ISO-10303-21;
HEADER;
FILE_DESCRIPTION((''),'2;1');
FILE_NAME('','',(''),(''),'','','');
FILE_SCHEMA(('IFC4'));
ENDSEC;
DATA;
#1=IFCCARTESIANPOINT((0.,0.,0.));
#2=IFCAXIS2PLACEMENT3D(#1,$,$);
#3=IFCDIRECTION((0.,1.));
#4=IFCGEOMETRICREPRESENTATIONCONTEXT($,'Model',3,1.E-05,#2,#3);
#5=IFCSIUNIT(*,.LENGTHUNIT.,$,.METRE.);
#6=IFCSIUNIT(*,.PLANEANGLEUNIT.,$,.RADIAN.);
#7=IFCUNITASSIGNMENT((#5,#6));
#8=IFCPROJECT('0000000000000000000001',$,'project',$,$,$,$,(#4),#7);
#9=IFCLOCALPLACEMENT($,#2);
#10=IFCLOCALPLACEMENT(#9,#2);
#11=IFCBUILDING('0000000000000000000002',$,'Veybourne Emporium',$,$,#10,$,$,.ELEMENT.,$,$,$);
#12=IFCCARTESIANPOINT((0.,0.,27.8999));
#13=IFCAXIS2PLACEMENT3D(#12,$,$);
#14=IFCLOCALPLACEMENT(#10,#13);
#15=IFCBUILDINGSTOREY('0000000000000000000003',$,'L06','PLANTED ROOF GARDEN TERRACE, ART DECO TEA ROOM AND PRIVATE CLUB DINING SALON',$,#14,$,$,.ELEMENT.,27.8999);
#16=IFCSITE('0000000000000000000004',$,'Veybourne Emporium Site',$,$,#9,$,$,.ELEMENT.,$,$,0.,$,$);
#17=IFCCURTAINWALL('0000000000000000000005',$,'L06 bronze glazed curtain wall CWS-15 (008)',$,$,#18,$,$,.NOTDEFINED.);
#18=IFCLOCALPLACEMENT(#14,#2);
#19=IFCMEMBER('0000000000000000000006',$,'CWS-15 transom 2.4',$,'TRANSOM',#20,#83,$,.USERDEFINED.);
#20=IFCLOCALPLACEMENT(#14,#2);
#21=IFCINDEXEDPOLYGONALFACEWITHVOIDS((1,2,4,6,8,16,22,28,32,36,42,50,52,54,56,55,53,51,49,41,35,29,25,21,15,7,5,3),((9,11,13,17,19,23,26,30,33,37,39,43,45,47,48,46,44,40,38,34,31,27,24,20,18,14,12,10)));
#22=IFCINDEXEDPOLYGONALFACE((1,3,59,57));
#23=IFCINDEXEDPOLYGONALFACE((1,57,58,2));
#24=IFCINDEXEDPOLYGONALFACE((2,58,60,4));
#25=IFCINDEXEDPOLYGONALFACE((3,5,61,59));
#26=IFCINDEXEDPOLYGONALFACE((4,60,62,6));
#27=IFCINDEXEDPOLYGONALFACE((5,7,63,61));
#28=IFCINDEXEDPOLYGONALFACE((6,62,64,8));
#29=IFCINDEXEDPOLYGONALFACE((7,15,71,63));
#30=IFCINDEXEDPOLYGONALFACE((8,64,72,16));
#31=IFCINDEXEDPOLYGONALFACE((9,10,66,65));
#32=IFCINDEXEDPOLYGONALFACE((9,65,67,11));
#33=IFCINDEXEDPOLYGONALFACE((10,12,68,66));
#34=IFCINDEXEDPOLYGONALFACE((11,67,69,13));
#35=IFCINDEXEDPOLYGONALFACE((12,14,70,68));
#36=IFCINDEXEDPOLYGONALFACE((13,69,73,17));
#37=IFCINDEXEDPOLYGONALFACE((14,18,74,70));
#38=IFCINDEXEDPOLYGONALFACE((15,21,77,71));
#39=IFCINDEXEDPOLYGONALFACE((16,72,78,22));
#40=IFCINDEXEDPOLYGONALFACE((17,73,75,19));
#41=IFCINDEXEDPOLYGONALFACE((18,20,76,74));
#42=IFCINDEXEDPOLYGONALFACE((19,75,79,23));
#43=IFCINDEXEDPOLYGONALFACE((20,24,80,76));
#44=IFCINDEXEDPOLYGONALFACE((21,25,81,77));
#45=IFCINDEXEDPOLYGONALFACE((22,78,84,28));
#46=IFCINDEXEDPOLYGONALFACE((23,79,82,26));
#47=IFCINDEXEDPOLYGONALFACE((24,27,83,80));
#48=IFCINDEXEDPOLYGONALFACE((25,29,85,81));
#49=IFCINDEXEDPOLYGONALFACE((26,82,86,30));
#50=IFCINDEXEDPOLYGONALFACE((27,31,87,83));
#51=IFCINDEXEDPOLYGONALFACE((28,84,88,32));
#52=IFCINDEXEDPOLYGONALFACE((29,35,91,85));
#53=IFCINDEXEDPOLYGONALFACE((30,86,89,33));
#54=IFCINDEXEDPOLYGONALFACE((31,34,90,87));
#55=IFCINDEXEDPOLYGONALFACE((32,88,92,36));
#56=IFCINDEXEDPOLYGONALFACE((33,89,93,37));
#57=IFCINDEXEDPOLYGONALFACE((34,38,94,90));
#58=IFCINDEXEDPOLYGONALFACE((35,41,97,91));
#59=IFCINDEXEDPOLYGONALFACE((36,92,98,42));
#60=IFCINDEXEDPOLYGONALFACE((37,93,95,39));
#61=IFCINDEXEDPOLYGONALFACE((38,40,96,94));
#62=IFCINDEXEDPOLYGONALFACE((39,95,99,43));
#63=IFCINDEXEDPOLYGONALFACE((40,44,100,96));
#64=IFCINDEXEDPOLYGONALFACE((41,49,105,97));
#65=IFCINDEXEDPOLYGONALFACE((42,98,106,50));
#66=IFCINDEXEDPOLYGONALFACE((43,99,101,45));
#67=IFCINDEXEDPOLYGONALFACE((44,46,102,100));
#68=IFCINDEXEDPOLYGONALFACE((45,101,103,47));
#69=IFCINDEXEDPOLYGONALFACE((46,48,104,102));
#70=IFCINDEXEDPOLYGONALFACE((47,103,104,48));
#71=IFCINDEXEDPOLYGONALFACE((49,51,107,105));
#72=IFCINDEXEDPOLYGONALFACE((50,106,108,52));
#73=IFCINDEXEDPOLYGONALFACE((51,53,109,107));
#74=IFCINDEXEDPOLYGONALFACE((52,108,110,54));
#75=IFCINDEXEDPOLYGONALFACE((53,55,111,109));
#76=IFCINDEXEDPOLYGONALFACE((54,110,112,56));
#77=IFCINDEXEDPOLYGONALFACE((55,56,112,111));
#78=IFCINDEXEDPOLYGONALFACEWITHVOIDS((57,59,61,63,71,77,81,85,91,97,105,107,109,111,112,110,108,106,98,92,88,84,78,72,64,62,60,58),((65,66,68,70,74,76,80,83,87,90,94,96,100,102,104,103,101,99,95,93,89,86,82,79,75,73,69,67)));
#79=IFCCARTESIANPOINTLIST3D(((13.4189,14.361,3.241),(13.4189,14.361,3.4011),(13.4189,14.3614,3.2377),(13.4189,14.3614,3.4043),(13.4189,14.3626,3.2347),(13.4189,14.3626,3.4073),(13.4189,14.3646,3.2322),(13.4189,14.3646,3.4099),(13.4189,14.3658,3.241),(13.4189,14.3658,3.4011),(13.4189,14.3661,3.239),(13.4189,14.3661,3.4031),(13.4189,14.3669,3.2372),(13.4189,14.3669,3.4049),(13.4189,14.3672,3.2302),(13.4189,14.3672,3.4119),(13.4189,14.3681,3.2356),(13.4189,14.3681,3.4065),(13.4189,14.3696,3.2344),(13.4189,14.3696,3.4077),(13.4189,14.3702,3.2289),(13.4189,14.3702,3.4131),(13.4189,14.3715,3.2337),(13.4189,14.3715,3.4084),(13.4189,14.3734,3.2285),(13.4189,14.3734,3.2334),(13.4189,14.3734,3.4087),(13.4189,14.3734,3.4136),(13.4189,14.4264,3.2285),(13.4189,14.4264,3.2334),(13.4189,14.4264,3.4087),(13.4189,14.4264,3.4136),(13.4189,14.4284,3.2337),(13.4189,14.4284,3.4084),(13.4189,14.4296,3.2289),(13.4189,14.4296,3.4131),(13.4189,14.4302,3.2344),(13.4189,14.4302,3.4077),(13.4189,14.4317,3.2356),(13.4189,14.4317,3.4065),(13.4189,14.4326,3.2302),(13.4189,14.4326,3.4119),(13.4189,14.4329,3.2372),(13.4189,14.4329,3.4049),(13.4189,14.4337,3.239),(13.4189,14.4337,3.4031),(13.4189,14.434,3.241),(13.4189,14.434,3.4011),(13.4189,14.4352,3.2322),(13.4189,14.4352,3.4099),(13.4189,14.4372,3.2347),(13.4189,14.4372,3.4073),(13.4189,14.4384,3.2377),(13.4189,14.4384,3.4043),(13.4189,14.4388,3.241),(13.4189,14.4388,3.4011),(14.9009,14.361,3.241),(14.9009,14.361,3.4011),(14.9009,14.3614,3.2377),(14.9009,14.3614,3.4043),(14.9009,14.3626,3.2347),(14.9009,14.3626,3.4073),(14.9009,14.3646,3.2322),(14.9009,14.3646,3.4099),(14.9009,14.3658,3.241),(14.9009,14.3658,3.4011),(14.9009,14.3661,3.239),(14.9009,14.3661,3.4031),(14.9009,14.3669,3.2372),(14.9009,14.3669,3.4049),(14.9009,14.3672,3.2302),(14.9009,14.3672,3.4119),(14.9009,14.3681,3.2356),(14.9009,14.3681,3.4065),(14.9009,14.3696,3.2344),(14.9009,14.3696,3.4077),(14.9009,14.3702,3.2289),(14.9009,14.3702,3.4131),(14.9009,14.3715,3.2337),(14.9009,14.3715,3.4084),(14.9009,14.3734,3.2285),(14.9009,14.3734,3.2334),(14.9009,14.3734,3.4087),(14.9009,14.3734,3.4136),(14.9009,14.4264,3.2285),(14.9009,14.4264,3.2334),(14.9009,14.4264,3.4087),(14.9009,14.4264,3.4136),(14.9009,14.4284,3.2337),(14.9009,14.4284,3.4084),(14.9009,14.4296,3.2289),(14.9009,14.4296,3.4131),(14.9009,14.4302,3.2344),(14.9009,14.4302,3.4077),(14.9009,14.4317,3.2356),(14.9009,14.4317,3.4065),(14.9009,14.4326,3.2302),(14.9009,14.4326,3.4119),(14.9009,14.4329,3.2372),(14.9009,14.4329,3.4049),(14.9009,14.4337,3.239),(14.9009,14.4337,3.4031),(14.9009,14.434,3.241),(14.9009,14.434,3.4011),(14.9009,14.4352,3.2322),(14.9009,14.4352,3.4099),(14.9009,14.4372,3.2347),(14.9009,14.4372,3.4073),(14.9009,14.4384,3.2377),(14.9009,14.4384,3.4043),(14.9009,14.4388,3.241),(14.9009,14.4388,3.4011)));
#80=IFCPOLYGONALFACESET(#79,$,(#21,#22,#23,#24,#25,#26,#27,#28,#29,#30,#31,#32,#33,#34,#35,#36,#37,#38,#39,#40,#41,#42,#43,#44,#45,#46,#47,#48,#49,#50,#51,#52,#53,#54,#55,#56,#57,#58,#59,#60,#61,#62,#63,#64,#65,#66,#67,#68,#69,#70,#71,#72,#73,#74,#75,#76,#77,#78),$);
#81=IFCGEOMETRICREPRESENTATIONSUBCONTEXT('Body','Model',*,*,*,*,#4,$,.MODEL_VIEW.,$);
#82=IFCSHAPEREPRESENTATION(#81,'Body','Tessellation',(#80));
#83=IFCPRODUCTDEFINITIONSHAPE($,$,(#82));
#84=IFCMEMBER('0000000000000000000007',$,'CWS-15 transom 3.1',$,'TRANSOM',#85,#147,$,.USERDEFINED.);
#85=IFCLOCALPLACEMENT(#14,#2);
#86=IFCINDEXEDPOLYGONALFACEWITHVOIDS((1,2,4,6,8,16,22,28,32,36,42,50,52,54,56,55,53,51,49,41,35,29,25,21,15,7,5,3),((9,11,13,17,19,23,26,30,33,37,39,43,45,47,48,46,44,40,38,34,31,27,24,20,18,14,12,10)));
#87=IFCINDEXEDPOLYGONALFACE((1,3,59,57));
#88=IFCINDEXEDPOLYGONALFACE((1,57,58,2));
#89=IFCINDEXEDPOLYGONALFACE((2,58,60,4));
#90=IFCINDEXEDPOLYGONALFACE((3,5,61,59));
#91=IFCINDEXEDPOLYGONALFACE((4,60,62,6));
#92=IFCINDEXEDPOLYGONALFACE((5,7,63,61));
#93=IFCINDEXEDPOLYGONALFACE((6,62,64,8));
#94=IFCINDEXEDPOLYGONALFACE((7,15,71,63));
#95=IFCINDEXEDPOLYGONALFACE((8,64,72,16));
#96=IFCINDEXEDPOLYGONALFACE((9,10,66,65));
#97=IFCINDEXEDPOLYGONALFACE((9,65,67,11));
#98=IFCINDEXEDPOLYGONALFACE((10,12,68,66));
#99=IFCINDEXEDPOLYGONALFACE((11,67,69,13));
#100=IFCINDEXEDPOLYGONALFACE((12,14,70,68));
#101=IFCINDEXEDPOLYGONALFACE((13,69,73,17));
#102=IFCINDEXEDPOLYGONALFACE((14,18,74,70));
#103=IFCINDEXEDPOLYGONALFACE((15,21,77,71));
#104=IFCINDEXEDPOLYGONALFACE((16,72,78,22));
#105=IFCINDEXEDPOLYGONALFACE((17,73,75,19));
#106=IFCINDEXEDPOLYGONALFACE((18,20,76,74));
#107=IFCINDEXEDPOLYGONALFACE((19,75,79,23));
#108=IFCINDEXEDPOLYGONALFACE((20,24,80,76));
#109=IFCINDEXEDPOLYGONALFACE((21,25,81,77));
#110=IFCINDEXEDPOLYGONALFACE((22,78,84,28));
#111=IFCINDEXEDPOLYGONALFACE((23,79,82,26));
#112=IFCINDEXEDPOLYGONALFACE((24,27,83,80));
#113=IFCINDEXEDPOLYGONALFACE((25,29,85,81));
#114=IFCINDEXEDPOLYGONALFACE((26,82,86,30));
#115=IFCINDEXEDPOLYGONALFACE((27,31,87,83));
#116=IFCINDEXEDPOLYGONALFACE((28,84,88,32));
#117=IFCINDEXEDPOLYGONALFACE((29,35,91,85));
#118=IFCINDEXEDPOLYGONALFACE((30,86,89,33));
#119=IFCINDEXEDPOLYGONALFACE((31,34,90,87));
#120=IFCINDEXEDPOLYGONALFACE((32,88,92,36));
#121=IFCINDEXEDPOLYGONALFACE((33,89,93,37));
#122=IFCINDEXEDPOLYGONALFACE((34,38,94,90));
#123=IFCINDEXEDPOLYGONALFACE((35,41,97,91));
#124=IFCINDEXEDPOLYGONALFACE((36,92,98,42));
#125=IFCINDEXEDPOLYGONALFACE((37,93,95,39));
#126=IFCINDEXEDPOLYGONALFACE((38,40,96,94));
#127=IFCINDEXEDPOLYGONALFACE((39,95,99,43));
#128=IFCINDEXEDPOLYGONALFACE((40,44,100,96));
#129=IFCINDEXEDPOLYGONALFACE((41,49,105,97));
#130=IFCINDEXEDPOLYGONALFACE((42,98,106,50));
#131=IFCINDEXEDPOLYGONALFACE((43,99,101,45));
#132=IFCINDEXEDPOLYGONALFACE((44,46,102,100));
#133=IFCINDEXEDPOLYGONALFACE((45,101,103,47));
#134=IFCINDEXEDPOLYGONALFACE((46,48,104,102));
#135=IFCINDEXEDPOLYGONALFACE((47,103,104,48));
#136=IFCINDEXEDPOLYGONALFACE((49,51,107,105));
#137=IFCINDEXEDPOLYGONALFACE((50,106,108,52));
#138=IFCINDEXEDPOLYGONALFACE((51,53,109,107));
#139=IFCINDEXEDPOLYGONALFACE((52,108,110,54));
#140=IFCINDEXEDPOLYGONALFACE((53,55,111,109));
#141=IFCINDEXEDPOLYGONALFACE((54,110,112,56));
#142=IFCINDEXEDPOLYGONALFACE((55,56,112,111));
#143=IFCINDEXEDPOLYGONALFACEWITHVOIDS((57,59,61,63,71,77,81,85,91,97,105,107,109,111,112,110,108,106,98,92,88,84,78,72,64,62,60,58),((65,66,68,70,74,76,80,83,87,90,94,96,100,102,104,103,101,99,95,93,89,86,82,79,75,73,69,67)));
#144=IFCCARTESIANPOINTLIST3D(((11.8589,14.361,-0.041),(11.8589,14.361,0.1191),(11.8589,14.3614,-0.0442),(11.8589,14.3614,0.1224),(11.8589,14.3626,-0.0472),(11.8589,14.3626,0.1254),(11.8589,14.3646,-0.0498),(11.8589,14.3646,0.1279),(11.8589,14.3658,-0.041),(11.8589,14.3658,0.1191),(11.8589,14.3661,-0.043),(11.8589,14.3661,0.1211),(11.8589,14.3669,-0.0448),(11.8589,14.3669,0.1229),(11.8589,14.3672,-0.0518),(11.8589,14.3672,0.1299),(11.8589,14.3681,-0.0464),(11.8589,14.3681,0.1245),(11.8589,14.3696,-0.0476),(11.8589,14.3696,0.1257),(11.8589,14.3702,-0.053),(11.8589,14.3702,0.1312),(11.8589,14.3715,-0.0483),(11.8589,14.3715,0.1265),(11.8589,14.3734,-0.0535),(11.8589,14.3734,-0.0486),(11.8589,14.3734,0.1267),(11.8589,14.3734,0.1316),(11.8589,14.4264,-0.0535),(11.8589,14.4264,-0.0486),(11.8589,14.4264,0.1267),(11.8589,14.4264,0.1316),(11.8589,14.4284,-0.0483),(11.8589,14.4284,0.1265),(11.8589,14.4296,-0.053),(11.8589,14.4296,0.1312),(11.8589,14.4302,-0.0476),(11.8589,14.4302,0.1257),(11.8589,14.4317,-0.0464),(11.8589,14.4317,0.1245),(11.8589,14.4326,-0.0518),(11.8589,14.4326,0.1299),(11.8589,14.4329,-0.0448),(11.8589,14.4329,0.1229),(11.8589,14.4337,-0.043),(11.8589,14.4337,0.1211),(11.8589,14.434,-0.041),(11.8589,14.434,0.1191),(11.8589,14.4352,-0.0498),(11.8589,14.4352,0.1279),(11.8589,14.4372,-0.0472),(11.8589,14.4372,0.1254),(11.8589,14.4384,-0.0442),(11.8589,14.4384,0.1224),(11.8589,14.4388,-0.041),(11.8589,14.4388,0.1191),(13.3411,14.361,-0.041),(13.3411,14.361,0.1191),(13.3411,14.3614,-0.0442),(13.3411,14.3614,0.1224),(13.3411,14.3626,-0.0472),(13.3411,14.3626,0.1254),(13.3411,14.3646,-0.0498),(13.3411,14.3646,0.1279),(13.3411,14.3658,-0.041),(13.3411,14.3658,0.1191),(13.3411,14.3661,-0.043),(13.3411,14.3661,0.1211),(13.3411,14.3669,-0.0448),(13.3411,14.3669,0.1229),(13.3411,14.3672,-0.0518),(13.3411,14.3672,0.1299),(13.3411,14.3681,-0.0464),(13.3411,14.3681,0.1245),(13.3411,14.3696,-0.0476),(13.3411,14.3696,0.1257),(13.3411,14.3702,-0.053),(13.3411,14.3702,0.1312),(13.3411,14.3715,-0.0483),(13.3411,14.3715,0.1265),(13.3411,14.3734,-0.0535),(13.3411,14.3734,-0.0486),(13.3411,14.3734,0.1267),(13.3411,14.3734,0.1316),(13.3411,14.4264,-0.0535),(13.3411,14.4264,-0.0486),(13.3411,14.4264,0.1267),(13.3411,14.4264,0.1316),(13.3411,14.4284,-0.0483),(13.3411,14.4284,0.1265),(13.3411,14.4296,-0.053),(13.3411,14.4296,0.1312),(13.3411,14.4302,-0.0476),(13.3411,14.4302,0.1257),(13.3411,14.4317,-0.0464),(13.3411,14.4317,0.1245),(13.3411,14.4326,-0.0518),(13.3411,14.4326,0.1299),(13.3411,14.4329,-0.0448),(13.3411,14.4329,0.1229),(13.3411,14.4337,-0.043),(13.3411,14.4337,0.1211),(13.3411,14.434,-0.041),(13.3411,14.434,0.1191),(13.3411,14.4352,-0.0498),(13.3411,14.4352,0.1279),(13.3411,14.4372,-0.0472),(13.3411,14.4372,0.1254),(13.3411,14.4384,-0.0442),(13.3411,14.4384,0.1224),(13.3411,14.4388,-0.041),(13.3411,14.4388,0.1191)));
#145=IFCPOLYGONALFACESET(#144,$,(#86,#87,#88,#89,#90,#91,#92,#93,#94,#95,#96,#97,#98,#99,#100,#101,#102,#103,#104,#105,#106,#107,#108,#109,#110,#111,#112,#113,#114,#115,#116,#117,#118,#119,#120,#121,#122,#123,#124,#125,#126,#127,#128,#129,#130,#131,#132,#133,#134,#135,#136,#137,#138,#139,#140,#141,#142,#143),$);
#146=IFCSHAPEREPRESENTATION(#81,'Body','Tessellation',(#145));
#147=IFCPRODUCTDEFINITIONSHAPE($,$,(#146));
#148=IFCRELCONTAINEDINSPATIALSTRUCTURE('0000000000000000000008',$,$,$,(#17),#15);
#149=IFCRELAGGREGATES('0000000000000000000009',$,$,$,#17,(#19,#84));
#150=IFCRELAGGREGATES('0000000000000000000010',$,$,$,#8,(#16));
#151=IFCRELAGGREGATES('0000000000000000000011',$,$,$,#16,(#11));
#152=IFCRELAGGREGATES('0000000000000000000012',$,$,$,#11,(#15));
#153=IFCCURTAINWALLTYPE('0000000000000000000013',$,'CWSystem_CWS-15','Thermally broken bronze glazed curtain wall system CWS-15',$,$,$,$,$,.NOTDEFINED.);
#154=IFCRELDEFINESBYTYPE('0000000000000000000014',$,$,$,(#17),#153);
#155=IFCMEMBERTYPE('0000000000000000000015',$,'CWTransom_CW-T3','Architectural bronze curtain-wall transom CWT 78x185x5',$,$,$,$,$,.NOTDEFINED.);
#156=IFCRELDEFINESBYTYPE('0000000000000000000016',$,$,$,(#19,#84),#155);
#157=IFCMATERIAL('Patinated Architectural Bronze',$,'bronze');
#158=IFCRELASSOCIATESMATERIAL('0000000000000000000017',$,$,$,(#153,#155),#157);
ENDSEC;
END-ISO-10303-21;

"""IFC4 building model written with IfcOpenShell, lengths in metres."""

from ifc_helpers import new_model, si_unit, direction, frame, origin, origin_2d, place, context, subcontext, project, spatial, hollow_rectangle, extrude, material, material_profile, profile_set, type_object, element, aggregate, save


model = new_model("IFC4")

# Units and contexts
model_context = context("Model", 3, precision=1e-05, world=origin(), true_north=direction((0.0, 1.0)))
body_context = subcontext(model_context, "Body", "Model", "MODEL_VIEW")
ifc_project = project(units=[si_unit("LENGTHUNIT", "METRE"), si_unit("PLANEANGLEUNIT", "RADIAN")], contexts=[model_context])

# Site, building, storey
site_placement = place(None, origin())
site = spatial("IfcSite", under=ifc_project, at=site_placement, Name="Veybourne Emporium Site", CompositionType="ELEMENT", RefElevation=0.0)
building_placement = place(site_placement, origin())
building = spatial("IfcBuilding", under=site, at=building_placement, Name="Veybourne Emporium", CompositionType="ELEMENT")
storey_placement = place(building_placement, frame((0.0, 0.0, 27.8999)))
storey = spatial("IfcBuildingStorey", under=building, at=storey_placement, Name="L06", Description="PLANTED ROOF GARDEN TERRACE, ART DECO TEA ROOM AND PRIVATE CLUB DINING SALON", CompositionType="ELEMENT", Elevation=27.8999)

# Curtain wall, members
ifc_material_1 = material(Name="Patinated Architectural Bronze", Category="bronze")
curtain_wall_type = type_object("IfcCurtainWallType", Name="CWSystem_CWS-15", Description="Thermally broken bronze glazed curtain wall system CWS-15", PredefinedType="NOTDEFINED", material=ifc_material_1)
curtain_wall_placement = place(storey_placement, origin())
curtain_wall = element("IfcCurtainWall", 1, at=curtain_wall_placement, inside=storey, type_object=curtain_wall_type, Name="L06 bronze glazed curtain wall CWS-15 (008)", PredefinedType="NOTDEFINED")
ifc_material_profile_1 = material_profile(ifc_material_1, hollow_rectangle(XDim=0.0779, YDim=0.1851, WallThickness=0.0049, InnerFilletRadius=0.0076, OuterFilletRadius=0.0125, at=origin_2d()), Name="CWT 78x185x5")
ifc_profile_set_1 = profile_set([ifc_material_profile_1], Name="Patinated Architectural Bronze")
member_type_1 = type_object("IfcMemberType", Name="CWTransom_CW-T3", Description="Architectural bronze curtain-wall transom CWT 78x185x5", PredefinedType="NOTDEFINED", material=ifc_profile_set_1)
member_1_placement = place(storey_placement, frame((14.9009, 14.3999, 3.321), z_axis=(-1.0, 0.0, 0.0), x_axis=(0.0, -1.0, 0.0)))
member_1 = element("IfcMember", 2, at=member_1_placement, type_object=member_type_1, Name="CWS-15 transom 2.4", ObjectType="TRANSOM", PredefinedType="USERDEFINED", context=body_context, shape_type="SweptSolid", body=[
    extrude(hollow_rectangle(XDim=0.0779, YDim=0.1851, WallThickness=0.0049, InnerFilletRadius=0.0076, OuterFilletRadius=0.0125, at=origin_2d()), origin(), (0.0, 0.0, 1.0), 1.4819),
])
member_2_placement = place(storey_placement, frame((13.3411, 14.3999, 0.0391), z_axis=(-1.0, 0.0, 0.0), x_axis=(0.0, -1.0, 0.0)))
member_2 = element("IfcMember", 3, at=member_2_placement, type_object=member_type_1, Name="CWS-15 transom 3.1", ObjectType="TRANSOM", PredefinedType="USERDEFINED", context=body_context, shape_type="SweptSolid", body=[
    extrude(hollow_rectangle(XDim=0.0779, YDim=0.1851, WallThickness=0.0049, InnerFilletRadius=0.0076, OuterFilletRadius=0.0125, at=origin_2d()), origin(), (0.0, 0.0, 1.0), 1.4822),
])
aggregate(curtain_wall, [member_1, member_2])

save(model, "model.ifc")
